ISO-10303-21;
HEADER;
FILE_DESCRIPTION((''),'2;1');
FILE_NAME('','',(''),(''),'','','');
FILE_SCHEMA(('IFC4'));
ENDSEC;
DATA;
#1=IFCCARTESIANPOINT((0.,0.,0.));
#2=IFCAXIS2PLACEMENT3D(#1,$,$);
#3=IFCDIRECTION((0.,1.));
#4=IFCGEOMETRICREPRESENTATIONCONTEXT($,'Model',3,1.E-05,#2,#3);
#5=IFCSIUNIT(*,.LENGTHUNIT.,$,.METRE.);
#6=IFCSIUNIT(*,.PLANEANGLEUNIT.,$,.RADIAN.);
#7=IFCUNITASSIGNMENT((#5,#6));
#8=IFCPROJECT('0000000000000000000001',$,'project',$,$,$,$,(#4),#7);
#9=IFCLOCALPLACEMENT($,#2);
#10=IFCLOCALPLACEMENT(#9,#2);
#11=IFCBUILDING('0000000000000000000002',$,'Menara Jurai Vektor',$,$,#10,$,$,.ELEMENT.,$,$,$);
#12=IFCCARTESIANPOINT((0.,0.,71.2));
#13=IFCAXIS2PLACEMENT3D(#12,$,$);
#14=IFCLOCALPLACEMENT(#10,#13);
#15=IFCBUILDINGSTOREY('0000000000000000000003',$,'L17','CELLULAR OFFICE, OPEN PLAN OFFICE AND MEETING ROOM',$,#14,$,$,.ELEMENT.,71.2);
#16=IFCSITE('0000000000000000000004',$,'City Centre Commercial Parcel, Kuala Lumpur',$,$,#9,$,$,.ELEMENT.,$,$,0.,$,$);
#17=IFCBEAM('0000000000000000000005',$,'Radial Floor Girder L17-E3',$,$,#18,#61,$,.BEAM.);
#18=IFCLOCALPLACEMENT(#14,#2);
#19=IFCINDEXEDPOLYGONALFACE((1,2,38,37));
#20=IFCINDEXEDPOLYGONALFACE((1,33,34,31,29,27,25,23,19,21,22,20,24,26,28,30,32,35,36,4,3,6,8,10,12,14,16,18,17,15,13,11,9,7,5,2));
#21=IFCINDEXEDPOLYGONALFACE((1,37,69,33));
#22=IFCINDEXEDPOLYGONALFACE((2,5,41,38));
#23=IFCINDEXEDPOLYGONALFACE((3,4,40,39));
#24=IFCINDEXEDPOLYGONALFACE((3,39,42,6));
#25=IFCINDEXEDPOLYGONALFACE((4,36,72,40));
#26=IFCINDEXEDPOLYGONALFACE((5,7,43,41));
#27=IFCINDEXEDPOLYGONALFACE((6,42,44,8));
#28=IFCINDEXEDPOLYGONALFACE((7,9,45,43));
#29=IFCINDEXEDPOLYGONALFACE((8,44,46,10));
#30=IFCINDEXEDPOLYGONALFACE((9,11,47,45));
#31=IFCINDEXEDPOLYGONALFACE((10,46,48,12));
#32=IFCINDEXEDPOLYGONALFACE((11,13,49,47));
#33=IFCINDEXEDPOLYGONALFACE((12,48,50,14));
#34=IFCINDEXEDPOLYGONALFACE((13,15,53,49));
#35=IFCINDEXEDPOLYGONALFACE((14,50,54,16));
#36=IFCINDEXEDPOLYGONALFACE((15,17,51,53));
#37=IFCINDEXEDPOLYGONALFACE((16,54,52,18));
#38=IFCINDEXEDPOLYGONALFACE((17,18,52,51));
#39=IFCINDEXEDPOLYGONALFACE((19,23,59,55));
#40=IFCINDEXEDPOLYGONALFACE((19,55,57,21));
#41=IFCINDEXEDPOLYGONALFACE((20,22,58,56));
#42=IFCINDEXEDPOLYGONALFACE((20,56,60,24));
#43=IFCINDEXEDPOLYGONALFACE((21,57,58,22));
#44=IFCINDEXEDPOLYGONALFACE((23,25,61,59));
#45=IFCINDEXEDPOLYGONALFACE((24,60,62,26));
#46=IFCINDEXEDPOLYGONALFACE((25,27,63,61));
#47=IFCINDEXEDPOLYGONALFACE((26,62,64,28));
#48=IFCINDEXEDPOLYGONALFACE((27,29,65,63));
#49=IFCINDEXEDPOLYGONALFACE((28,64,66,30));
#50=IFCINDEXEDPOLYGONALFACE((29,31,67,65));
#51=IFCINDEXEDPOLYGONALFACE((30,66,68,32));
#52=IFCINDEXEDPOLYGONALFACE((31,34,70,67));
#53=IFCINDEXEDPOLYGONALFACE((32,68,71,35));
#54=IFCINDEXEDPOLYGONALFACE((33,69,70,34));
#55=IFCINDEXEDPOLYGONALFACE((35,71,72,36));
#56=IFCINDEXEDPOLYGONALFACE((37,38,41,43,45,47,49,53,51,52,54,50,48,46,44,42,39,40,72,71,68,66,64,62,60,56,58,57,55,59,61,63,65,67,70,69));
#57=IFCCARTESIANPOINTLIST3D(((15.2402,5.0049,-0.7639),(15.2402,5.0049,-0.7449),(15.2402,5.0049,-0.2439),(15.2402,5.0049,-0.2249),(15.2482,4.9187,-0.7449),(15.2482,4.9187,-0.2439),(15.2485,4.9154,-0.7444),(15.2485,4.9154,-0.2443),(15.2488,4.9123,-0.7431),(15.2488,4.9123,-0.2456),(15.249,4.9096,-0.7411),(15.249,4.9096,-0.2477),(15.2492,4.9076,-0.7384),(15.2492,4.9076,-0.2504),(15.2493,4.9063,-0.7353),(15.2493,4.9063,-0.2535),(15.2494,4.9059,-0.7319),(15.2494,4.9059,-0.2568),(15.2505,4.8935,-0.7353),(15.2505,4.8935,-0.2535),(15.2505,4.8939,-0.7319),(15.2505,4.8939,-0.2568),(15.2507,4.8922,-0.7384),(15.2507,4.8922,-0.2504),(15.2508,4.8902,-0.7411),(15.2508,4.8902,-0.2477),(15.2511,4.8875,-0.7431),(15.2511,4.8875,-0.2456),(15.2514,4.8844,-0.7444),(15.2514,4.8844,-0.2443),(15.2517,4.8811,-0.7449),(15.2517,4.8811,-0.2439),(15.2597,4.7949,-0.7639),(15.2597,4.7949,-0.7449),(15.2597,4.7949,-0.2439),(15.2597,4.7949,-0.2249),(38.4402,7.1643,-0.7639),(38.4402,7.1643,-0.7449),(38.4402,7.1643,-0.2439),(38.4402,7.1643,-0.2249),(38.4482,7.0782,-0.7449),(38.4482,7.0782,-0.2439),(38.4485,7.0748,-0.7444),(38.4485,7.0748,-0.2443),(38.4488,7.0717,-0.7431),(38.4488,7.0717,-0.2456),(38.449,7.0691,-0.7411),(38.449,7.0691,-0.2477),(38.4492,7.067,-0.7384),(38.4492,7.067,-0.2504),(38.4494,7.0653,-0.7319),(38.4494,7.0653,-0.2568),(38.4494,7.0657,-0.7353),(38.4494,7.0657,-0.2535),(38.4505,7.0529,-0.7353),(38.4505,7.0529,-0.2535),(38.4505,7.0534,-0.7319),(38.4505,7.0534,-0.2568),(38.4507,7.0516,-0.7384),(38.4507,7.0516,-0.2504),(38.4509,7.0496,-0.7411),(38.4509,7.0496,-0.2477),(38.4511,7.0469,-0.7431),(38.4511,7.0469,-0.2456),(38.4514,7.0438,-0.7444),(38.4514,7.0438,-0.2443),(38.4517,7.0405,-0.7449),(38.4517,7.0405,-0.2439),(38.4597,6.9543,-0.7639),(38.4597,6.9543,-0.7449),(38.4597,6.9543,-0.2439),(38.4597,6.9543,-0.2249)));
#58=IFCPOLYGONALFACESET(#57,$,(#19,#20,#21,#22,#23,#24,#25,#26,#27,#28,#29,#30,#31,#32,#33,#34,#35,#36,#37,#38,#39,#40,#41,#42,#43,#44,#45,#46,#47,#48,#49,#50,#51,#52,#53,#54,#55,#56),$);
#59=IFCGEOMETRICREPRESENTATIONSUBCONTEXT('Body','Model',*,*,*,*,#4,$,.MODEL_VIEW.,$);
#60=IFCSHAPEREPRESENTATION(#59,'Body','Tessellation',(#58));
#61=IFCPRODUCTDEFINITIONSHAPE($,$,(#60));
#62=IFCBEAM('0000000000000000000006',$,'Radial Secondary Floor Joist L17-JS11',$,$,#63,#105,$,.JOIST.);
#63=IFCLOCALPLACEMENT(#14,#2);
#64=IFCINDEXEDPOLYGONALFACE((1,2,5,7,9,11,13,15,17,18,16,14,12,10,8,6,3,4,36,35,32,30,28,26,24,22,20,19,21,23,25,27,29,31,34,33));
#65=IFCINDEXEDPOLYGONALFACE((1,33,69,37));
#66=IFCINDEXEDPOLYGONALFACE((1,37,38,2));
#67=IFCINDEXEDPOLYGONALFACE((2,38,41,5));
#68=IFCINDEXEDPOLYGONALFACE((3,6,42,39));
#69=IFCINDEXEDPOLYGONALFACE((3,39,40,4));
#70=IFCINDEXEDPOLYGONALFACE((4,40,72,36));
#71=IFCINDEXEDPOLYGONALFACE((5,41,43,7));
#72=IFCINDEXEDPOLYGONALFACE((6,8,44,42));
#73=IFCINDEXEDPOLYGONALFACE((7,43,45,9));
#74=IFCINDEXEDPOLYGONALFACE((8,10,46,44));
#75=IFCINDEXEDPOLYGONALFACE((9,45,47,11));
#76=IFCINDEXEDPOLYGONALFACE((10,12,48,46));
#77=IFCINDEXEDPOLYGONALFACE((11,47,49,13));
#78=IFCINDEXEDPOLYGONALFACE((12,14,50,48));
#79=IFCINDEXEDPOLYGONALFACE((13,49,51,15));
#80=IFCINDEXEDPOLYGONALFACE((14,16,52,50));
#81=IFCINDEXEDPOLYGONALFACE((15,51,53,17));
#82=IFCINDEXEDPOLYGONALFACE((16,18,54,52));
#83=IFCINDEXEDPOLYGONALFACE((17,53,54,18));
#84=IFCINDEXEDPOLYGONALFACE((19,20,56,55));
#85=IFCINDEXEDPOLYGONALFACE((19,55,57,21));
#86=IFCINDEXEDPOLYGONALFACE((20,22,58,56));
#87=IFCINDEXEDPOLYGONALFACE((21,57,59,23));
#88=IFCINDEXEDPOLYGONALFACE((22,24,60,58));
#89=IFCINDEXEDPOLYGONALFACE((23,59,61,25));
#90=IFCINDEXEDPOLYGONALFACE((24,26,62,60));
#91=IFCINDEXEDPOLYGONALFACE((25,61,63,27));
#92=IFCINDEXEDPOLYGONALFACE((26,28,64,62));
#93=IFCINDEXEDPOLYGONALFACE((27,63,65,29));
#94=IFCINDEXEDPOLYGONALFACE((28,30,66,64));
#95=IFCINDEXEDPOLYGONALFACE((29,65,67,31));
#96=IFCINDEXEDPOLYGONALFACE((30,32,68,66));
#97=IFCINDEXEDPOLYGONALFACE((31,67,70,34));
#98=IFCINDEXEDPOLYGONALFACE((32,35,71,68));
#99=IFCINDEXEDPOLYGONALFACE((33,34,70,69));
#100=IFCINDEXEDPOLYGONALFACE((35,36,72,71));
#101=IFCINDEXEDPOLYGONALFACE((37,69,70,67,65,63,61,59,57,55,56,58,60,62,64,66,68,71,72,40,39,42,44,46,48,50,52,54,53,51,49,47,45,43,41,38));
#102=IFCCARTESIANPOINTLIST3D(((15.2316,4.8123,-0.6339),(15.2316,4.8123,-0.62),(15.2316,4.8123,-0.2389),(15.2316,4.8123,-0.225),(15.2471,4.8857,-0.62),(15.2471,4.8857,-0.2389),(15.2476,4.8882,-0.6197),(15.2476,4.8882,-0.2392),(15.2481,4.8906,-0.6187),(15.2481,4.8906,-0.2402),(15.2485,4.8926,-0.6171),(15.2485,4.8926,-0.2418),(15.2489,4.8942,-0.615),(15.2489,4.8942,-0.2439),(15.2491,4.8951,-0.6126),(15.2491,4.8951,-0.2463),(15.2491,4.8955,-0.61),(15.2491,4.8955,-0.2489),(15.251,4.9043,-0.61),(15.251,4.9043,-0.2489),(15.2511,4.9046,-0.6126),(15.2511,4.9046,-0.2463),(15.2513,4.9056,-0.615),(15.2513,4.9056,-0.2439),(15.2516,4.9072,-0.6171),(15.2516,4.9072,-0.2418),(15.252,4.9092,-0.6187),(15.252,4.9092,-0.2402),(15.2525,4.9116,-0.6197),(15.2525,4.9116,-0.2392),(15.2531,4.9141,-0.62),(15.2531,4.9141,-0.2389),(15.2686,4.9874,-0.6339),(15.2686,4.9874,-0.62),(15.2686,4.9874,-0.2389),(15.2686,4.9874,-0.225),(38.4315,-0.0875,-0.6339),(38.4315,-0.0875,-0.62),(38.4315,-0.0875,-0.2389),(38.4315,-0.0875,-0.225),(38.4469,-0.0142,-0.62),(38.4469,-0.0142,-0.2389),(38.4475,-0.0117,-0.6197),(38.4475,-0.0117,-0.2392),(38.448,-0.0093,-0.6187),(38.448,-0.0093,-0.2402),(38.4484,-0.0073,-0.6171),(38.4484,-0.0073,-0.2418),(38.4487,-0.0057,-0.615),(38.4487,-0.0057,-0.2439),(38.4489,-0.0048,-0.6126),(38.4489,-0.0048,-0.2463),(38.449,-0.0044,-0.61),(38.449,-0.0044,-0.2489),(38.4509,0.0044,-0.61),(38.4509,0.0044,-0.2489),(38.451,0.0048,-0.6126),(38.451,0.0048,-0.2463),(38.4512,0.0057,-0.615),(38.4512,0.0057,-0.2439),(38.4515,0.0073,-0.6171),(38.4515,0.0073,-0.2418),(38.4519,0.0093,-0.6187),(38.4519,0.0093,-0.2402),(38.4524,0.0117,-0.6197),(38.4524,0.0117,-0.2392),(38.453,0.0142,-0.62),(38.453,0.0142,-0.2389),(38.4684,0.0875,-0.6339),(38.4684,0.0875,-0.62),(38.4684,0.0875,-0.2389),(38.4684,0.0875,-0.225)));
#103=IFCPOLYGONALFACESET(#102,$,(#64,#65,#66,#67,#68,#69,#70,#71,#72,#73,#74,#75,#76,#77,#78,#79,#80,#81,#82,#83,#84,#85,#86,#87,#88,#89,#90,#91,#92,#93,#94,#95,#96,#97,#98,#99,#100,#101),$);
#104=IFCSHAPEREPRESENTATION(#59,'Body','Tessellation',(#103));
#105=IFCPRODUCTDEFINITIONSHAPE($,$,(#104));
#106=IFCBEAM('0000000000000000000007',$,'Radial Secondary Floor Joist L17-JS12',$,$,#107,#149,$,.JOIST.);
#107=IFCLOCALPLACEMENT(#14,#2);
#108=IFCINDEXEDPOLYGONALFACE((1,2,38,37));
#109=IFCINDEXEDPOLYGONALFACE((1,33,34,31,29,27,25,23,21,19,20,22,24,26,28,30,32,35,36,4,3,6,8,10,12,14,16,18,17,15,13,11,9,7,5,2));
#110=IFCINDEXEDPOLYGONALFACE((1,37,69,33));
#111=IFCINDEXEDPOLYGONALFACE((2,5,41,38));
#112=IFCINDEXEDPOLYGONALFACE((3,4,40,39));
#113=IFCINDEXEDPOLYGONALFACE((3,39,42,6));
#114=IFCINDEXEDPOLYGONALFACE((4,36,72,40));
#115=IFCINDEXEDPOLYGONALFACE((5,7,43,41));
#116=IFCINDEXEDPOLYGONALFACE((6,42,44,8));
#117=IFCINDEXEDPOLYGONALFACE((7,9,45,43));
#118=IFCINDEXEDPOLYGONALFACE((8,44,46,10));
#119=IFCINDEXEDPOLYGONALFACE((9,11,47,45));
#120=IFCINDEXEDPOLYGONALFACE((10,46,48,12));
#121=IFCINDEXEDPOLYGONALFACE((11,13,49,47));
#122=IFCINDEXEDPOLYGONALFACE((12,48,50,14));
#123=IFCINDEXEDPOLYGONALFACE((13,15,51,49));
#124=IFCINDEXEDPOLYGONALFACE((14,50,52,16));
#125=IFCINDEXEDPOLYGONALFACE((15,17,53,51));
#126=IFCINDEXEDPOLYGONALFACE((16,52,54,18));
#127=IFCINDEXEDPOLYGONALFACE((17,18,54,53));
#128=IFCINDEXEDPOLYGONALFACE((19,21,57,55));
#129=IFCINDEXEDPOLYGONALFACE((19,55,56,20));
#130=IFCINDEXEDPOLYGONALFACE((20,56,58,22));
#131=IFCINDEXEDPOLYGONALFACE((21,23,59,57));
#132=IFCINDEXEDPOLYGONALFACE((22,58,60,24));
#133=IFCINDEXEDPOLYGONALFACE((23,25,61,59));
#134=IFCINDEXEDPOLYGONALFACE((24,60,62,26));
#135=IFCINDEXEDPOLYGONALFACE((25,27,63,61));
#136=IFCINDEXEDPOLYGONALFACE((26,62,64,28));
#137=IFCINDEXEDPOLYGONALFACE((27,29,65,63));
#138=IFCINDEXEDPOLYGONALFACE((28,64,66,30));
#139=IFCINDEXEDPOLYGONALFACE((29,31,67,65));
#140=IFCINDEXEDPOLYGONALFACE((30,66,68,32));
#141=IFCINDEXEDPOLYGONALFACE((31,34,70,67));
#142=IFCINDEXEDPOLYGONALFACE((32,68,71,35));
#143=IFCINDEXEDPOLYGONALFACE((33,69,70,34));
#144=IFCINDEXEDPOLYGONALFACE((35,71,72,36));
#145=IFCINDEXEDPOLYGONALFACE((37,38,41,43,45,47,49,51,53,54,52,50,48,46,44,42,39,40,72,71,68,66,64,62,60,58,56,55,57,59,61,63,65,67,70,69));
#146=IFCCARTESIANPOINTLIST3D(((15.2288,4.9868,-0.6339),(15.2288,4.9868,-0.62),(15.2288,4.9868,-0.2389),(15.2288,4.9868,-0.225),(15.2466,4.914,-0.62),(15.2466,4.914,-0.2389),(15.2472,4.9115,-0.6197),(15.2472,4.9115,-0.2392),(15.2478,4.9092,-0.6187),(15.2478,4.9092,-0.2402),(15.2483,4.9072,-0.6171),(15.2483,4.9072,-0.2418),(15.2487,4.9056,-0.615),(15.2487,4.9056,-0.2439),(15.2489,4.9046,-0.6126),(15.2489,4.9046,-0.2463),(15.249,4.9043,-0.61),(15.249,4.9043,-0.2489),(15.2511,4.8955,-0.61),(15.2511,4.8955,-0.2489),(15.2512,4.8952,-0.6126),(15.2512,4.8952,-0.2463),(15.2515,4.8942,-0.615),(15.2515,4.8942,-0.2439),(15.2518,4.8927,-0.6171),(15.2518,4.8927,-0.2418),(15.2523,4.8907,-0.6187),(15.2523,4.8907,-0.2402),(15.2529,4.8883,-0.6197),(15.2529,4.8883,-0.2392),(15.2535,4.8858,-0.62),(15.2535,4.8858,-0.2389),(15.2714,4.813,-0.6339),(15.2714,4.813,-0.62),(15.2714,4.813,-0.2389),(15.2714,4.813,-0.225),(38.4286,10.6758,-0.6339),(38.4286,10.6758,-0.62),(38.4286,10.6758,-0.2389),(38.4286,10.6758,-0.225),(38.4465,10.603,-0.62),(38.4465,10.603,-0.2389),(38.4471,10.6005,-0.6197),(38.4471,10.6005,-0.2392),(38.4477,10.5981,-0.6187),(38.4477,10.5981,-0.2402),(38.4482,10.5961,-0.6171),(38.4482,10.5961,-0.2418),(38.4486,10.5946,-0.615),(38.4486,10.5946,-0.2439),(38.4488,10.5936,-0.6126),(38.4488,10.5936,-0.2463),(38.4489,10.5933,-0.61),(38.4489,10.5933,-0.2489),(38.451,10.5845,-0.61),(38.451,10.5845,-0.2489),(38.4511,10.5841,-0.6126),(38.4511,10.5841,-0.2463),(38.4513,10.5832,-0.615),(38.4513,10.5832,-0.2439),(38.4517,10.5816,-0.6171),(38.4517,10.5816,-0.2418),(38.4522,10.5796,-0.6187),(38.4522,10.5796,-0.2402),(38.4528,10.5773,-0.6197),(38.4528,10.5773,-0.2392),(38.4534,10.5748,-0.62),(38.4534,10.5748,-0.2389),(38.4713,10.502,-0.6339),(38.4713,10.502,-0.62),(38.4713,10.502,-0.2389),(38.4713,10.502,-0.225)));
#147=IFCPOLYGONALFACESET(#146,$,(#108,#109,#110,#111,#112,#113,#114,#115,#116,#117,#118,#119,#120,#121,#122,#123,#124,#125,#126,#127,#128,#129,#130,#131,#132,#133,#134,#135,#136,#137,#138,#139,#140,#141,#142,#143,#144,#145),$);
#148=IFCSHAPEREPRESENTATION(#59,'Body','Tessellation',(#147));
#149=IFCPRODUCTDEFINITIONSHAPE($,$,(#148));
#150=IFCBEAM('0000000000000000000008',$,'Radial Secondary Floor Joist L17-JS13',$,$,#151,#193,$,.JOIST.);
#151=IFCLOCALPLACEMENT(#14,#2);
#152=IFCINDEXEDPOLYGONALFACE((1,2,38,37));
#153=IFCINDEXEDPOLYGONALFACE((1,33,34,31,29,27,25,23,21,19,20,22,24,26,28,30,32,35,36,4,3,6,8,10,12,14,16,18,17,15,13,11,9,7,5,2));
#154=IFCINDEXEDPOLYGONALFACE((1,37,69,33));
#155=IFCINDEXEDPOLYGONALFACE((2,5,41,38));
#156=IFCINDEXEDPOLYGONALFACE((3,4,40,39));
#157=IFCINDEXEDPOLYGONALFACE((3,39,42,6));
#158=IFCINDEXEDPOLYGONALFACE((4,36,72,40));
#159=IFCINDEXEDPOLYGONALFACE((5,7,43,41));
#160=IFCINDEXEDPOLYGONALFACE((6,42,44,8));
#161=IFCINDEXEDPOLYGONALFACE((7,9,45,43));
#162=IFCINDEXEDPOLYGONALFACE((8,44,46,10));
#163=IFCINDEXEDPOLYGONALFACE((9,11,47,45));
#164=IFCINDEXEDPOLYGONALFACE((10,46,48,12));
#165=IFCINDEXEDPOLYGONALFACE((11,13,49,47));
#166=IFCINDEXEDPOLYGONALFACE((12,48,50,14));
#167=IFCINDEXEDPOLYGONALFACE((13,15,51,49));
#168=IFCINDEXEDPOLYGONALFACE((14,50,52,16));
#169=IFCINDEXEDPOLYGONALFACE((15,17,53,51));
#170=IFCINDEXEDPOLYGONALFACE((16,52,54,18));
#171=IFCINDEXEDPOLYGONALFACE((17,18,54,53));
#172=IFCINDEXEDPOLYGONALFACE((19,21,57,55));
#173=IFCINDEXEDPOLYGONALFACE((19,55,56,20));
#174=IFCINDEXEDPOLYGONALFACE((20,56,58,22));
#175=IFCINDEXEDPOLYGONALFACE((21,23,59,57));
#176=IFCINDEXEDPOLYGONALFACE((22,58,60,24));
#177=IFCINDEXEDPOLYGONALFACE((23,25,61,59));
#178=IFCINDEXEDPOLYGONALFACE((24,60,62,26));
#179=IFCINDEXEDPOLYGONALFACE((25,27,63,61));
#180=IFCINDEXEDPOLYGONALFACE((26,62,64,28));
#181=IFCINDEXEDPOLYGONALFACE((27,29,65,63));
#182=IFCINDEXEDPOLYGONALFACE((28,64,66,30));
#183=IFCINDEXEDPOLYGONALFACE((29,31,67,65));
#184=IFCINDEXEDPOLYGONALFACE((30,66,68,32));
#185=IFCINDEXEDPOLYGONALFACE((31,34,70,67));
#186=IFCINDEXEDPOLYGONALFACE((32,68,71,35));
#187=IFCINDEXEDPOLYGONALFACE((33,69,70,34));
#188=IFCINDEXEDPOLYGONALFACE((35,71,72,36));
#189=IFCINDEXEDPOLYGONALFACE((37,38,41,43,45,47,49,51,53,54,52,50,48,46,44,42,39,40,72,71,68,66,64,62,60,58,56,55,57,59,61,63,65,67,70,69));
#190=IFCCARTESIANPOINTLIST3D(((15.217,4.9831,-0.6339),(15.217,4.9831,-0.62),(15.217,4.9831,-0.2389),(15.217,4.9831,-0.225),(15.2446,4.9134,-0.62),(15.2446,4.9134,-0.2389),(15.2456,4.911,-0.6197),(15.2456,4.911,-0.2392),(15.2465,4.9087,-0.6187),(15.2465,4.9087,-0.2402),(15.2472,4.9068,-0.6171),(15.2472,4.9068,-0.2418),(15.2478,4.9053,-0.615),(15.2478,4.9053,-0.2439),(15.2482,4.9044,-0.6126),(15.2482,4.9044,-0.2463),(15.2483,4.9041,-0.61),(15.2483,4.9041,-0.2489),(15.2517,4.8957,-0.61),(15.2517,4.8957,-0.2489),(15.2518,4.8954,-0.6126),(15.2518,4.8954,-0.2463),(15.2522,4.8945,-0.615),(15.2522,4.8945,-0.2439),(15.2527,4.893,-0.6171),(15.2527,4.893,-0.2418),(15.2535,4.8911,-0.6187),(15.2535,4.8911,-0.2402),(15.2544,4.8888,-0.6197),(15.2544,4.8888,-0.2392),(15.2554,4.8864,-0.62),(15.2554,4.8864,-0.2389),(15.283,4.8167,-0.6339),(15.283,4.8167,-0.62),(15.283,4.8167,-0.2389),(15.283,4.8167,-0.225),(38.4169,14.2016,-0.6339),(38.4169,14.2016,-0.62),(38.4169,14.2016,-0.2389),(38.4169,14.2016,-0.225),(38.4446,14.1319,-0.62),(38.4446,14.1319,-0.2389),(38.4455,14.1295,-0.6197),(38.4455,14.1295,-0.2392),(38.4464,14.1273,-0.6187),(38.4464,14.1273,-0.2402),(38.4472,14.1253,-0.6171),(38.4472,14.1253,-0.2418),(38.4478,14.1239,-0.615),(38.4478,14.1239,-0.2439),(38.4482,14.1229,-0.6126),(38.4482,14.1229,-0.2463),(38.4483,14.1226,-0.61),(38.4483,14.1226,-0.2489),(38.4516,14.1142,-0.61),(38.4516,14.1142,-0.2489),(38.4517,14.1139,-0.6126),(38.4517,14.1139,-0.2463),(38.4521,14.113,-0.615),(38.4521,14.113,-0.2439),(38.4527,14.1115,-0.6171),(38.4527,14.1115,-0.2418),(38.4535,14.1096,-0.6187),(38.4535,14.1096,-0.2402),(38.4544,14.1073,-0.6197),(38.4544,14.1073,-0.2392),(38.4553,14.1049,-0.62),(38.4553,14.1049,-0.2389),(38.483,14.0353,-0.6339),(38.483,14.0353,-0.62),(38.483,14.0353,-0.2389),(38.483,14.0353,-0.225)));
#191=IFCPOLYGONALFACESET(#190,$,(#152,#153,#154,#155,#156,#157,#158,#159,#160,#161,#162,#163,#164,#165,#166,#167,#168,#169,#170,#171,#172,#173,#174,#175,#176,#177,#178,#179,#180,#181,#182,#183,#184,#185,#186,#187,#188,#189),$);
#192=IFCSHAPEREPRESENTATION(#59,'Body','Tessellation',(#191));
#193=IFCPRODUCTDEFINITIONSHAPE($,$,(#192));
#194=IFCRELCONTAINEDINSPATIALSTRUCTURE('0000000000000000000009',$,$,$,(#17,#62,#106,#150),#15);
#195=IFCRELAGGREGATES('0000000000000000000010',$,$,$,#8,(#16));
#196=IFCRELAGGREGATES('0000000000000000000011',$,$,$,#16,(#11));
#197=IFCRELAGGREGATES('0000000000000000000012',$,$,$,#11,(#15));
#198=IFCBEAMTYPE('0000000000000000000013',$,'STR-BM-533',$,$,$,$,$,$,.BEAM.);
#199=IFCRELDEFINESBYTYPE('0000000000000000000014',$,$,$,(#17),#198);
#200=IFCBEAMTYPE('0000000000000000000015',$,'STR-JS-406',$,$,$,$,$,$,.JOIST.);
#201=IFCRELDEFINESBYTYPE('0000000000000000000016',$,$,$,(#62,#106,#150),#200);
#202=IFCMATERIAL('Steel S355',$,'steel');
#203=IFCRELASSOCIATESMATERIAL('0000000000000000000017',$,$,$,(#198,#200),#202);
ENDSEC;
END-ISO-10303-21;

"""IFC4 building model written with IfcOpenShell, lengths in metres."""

from ifc_helpers import new_model, si_unit, direction, frame, origin, origin_2d, place, context, subcontext, project, spatial, i_section, extrude, material, material_profile, profile_set, type_object, element, save


model = new_model("IFC4")

# Units and contexts
model_context = context("Model", 3, precision=1e-05, world=origin(), true_north=direction((0.0, 1.0)))
body_context = subcontext(model_context, "Body", "Model", "MODEL_VIEW")
ifc_project = project(units=[si_unit("LENGTHUNIT", "METRE"), si_unit("PLANEANGLEUNIT", "RADIAN")], contexts=[model_context])

# Site, building, storey
site_placement = place(None, origin())
site = spatial("IfcSite", under=ifc_project, at=site_placement, Name="City Centre Commercial Parcel, Kuala Lumpur", CompositionType="ELEMENT", RefElevation=0.0)
building_placement = place(site_placement, origin())
building = spatial("IfcBuilding", under=site, at=building_placement, Name="Menara Jurai Vektor", CompositionType="ELEMENT")
storey_placement = place(building_placement, frame((0.0, 0.0, 71.2)))
storey = spatial("IfcBuildingStorey", under=building, at=storey_placement, Name="L17", Description="CELLULAR OFFICE, OPEN PLAN OFFICE AND MEETING ROOM", CompositionType="ELEMENT", Elevation=71.2)

# Beams
ifc_material_1 = material(Name="Steel S355", Category="steel")
ifc_material_profile_1 = material_profile(ifc_material_1, i_section(OverallWidth=0.2109, OverallDepth=0.5391, WebThickness=0.012, FlangeThickness=0.019, FilletRadius=0.0129, at=origin_2d()), Name="UKB 533x210x109")
ifc_profile_set_1 = profile_set([ifc_material_profile_1], Name="Steel S355")
beam_type_1 = type_object("IfcBeamType", Name="STR-BM-533", PredefinedType="BEAM", material=ifc_profile_set_1)
beam_1_placement = place(storey_placement, frame((38.45, 7.0593, -0.4944), z_axis=(-0.995696, -0.092678, 0.0), x_axis=(0.092678, -0.995696, 0.0)))
element("IfcBeam", 1, at=beam_1_placement, inside=storey, type_object=beam_type_1, Name="Radial Floor Girder L17-E3", PredefinedType="BEAM", context=body_context, shape_type="SweptSolid", body=[
    extrude(i_section(OverallWidth=0.2109, OverallDepth=0.5391, WebThickness=0.012, FlangeThickness=0.019, FilletRadius=0.0129, at=origin_2d()), origin(), (0.0, 0.0, 1.0), 23.3003),
])
ifc_material_profile_2 = material_profile(ifc_material_1, i_section(OverallWidth=0.179, OverallDepth=0.4089, WebThickness=0.009, FlangeThickness=0.0139, FilletRadius=0.01, at=origin_2d()), Name="UKB 406x178x67")
ifc_profile_set_2 = profile_set([ifc_material_profile_2], Name="Steel S355")
beam_type_2 = type_object("IfcBeamType", Name="STR-JS-406", PredefinedType="JOIST", material=ifc_profile_set_2)
beam_2_placement = place(storey_placement, frame((38.45, 0.0, -0.4294), z_axis=(-0.978416, 0.206645, 0.0), x_axis=(-0.206645, -0.978416, 0.0)))
element("IfcBeam", 2, at=beam_2_placement, inside=storey, type_object=beam_type_2, Name="Radial Secondary Floor Joist L17-JS11", PredefinedType="JOIST", context=body_context, shape_type="SweptSolid", body=[
    extrude(i_section(OverallWidth=0.179, OverallDepth=0.4089, WebThickness=0.009, FlangeThickness=0.0139, FilletRadius=0.01, at=origin_2d()), origin(), (0.0, 0.0, 1.0), 23.7117),
])
beam_3_placement = place(storey_placement, frame((38.45, 10.5889, -0.4294), z_axis=(-0.971226, -0.238159, 0.0), x_axis=(0.238159, -0.971226, 0.0)))
element("IfcBeam", 3, at=beam_3_placement, inside=storey, type_object=beam_type_2, Name="Radial Secondary Floor Joist L17-JS12", PredefinedType="JOIST", context=body_context, shape_type="SweptSolid", body=[
    extrude(i_section(OverallWidth=0.179, OverallDepth=0.4089, WebThickness=0.009, FlangeThickness=0.0139, FilletRadius=0.01, at=origin_2d()), origin(), (0.0, 0.0, 1.0), 23.8872),
])
beam_4_placement = place(storey_placement, frame((38.45, 14.1184, -0.4294), z_axis=(-0.929323, -0.369267, 0.0), x_axis=(0.369267, -0.929323, 0.0)))
element("IfcBeam", 4, at=beam_4_placement, inside=storey, type_object=beam_type_2, Name="Radial Secondary Floor Joist L17-JS13", PredefinedType="JOIST", context=body_context, shape_type="SweptSolid", body=[
    extrude(i_section(OverallWidth=0.179, OverallDepth=0.4089, WebThickness=0.009, FlangeThickness=0.0139, FilletRadius=0.01, at=origin_2d()), origin(), (0.0, 0.0, 1.0), 24.9644),
])

save(model, "model.ifc")
